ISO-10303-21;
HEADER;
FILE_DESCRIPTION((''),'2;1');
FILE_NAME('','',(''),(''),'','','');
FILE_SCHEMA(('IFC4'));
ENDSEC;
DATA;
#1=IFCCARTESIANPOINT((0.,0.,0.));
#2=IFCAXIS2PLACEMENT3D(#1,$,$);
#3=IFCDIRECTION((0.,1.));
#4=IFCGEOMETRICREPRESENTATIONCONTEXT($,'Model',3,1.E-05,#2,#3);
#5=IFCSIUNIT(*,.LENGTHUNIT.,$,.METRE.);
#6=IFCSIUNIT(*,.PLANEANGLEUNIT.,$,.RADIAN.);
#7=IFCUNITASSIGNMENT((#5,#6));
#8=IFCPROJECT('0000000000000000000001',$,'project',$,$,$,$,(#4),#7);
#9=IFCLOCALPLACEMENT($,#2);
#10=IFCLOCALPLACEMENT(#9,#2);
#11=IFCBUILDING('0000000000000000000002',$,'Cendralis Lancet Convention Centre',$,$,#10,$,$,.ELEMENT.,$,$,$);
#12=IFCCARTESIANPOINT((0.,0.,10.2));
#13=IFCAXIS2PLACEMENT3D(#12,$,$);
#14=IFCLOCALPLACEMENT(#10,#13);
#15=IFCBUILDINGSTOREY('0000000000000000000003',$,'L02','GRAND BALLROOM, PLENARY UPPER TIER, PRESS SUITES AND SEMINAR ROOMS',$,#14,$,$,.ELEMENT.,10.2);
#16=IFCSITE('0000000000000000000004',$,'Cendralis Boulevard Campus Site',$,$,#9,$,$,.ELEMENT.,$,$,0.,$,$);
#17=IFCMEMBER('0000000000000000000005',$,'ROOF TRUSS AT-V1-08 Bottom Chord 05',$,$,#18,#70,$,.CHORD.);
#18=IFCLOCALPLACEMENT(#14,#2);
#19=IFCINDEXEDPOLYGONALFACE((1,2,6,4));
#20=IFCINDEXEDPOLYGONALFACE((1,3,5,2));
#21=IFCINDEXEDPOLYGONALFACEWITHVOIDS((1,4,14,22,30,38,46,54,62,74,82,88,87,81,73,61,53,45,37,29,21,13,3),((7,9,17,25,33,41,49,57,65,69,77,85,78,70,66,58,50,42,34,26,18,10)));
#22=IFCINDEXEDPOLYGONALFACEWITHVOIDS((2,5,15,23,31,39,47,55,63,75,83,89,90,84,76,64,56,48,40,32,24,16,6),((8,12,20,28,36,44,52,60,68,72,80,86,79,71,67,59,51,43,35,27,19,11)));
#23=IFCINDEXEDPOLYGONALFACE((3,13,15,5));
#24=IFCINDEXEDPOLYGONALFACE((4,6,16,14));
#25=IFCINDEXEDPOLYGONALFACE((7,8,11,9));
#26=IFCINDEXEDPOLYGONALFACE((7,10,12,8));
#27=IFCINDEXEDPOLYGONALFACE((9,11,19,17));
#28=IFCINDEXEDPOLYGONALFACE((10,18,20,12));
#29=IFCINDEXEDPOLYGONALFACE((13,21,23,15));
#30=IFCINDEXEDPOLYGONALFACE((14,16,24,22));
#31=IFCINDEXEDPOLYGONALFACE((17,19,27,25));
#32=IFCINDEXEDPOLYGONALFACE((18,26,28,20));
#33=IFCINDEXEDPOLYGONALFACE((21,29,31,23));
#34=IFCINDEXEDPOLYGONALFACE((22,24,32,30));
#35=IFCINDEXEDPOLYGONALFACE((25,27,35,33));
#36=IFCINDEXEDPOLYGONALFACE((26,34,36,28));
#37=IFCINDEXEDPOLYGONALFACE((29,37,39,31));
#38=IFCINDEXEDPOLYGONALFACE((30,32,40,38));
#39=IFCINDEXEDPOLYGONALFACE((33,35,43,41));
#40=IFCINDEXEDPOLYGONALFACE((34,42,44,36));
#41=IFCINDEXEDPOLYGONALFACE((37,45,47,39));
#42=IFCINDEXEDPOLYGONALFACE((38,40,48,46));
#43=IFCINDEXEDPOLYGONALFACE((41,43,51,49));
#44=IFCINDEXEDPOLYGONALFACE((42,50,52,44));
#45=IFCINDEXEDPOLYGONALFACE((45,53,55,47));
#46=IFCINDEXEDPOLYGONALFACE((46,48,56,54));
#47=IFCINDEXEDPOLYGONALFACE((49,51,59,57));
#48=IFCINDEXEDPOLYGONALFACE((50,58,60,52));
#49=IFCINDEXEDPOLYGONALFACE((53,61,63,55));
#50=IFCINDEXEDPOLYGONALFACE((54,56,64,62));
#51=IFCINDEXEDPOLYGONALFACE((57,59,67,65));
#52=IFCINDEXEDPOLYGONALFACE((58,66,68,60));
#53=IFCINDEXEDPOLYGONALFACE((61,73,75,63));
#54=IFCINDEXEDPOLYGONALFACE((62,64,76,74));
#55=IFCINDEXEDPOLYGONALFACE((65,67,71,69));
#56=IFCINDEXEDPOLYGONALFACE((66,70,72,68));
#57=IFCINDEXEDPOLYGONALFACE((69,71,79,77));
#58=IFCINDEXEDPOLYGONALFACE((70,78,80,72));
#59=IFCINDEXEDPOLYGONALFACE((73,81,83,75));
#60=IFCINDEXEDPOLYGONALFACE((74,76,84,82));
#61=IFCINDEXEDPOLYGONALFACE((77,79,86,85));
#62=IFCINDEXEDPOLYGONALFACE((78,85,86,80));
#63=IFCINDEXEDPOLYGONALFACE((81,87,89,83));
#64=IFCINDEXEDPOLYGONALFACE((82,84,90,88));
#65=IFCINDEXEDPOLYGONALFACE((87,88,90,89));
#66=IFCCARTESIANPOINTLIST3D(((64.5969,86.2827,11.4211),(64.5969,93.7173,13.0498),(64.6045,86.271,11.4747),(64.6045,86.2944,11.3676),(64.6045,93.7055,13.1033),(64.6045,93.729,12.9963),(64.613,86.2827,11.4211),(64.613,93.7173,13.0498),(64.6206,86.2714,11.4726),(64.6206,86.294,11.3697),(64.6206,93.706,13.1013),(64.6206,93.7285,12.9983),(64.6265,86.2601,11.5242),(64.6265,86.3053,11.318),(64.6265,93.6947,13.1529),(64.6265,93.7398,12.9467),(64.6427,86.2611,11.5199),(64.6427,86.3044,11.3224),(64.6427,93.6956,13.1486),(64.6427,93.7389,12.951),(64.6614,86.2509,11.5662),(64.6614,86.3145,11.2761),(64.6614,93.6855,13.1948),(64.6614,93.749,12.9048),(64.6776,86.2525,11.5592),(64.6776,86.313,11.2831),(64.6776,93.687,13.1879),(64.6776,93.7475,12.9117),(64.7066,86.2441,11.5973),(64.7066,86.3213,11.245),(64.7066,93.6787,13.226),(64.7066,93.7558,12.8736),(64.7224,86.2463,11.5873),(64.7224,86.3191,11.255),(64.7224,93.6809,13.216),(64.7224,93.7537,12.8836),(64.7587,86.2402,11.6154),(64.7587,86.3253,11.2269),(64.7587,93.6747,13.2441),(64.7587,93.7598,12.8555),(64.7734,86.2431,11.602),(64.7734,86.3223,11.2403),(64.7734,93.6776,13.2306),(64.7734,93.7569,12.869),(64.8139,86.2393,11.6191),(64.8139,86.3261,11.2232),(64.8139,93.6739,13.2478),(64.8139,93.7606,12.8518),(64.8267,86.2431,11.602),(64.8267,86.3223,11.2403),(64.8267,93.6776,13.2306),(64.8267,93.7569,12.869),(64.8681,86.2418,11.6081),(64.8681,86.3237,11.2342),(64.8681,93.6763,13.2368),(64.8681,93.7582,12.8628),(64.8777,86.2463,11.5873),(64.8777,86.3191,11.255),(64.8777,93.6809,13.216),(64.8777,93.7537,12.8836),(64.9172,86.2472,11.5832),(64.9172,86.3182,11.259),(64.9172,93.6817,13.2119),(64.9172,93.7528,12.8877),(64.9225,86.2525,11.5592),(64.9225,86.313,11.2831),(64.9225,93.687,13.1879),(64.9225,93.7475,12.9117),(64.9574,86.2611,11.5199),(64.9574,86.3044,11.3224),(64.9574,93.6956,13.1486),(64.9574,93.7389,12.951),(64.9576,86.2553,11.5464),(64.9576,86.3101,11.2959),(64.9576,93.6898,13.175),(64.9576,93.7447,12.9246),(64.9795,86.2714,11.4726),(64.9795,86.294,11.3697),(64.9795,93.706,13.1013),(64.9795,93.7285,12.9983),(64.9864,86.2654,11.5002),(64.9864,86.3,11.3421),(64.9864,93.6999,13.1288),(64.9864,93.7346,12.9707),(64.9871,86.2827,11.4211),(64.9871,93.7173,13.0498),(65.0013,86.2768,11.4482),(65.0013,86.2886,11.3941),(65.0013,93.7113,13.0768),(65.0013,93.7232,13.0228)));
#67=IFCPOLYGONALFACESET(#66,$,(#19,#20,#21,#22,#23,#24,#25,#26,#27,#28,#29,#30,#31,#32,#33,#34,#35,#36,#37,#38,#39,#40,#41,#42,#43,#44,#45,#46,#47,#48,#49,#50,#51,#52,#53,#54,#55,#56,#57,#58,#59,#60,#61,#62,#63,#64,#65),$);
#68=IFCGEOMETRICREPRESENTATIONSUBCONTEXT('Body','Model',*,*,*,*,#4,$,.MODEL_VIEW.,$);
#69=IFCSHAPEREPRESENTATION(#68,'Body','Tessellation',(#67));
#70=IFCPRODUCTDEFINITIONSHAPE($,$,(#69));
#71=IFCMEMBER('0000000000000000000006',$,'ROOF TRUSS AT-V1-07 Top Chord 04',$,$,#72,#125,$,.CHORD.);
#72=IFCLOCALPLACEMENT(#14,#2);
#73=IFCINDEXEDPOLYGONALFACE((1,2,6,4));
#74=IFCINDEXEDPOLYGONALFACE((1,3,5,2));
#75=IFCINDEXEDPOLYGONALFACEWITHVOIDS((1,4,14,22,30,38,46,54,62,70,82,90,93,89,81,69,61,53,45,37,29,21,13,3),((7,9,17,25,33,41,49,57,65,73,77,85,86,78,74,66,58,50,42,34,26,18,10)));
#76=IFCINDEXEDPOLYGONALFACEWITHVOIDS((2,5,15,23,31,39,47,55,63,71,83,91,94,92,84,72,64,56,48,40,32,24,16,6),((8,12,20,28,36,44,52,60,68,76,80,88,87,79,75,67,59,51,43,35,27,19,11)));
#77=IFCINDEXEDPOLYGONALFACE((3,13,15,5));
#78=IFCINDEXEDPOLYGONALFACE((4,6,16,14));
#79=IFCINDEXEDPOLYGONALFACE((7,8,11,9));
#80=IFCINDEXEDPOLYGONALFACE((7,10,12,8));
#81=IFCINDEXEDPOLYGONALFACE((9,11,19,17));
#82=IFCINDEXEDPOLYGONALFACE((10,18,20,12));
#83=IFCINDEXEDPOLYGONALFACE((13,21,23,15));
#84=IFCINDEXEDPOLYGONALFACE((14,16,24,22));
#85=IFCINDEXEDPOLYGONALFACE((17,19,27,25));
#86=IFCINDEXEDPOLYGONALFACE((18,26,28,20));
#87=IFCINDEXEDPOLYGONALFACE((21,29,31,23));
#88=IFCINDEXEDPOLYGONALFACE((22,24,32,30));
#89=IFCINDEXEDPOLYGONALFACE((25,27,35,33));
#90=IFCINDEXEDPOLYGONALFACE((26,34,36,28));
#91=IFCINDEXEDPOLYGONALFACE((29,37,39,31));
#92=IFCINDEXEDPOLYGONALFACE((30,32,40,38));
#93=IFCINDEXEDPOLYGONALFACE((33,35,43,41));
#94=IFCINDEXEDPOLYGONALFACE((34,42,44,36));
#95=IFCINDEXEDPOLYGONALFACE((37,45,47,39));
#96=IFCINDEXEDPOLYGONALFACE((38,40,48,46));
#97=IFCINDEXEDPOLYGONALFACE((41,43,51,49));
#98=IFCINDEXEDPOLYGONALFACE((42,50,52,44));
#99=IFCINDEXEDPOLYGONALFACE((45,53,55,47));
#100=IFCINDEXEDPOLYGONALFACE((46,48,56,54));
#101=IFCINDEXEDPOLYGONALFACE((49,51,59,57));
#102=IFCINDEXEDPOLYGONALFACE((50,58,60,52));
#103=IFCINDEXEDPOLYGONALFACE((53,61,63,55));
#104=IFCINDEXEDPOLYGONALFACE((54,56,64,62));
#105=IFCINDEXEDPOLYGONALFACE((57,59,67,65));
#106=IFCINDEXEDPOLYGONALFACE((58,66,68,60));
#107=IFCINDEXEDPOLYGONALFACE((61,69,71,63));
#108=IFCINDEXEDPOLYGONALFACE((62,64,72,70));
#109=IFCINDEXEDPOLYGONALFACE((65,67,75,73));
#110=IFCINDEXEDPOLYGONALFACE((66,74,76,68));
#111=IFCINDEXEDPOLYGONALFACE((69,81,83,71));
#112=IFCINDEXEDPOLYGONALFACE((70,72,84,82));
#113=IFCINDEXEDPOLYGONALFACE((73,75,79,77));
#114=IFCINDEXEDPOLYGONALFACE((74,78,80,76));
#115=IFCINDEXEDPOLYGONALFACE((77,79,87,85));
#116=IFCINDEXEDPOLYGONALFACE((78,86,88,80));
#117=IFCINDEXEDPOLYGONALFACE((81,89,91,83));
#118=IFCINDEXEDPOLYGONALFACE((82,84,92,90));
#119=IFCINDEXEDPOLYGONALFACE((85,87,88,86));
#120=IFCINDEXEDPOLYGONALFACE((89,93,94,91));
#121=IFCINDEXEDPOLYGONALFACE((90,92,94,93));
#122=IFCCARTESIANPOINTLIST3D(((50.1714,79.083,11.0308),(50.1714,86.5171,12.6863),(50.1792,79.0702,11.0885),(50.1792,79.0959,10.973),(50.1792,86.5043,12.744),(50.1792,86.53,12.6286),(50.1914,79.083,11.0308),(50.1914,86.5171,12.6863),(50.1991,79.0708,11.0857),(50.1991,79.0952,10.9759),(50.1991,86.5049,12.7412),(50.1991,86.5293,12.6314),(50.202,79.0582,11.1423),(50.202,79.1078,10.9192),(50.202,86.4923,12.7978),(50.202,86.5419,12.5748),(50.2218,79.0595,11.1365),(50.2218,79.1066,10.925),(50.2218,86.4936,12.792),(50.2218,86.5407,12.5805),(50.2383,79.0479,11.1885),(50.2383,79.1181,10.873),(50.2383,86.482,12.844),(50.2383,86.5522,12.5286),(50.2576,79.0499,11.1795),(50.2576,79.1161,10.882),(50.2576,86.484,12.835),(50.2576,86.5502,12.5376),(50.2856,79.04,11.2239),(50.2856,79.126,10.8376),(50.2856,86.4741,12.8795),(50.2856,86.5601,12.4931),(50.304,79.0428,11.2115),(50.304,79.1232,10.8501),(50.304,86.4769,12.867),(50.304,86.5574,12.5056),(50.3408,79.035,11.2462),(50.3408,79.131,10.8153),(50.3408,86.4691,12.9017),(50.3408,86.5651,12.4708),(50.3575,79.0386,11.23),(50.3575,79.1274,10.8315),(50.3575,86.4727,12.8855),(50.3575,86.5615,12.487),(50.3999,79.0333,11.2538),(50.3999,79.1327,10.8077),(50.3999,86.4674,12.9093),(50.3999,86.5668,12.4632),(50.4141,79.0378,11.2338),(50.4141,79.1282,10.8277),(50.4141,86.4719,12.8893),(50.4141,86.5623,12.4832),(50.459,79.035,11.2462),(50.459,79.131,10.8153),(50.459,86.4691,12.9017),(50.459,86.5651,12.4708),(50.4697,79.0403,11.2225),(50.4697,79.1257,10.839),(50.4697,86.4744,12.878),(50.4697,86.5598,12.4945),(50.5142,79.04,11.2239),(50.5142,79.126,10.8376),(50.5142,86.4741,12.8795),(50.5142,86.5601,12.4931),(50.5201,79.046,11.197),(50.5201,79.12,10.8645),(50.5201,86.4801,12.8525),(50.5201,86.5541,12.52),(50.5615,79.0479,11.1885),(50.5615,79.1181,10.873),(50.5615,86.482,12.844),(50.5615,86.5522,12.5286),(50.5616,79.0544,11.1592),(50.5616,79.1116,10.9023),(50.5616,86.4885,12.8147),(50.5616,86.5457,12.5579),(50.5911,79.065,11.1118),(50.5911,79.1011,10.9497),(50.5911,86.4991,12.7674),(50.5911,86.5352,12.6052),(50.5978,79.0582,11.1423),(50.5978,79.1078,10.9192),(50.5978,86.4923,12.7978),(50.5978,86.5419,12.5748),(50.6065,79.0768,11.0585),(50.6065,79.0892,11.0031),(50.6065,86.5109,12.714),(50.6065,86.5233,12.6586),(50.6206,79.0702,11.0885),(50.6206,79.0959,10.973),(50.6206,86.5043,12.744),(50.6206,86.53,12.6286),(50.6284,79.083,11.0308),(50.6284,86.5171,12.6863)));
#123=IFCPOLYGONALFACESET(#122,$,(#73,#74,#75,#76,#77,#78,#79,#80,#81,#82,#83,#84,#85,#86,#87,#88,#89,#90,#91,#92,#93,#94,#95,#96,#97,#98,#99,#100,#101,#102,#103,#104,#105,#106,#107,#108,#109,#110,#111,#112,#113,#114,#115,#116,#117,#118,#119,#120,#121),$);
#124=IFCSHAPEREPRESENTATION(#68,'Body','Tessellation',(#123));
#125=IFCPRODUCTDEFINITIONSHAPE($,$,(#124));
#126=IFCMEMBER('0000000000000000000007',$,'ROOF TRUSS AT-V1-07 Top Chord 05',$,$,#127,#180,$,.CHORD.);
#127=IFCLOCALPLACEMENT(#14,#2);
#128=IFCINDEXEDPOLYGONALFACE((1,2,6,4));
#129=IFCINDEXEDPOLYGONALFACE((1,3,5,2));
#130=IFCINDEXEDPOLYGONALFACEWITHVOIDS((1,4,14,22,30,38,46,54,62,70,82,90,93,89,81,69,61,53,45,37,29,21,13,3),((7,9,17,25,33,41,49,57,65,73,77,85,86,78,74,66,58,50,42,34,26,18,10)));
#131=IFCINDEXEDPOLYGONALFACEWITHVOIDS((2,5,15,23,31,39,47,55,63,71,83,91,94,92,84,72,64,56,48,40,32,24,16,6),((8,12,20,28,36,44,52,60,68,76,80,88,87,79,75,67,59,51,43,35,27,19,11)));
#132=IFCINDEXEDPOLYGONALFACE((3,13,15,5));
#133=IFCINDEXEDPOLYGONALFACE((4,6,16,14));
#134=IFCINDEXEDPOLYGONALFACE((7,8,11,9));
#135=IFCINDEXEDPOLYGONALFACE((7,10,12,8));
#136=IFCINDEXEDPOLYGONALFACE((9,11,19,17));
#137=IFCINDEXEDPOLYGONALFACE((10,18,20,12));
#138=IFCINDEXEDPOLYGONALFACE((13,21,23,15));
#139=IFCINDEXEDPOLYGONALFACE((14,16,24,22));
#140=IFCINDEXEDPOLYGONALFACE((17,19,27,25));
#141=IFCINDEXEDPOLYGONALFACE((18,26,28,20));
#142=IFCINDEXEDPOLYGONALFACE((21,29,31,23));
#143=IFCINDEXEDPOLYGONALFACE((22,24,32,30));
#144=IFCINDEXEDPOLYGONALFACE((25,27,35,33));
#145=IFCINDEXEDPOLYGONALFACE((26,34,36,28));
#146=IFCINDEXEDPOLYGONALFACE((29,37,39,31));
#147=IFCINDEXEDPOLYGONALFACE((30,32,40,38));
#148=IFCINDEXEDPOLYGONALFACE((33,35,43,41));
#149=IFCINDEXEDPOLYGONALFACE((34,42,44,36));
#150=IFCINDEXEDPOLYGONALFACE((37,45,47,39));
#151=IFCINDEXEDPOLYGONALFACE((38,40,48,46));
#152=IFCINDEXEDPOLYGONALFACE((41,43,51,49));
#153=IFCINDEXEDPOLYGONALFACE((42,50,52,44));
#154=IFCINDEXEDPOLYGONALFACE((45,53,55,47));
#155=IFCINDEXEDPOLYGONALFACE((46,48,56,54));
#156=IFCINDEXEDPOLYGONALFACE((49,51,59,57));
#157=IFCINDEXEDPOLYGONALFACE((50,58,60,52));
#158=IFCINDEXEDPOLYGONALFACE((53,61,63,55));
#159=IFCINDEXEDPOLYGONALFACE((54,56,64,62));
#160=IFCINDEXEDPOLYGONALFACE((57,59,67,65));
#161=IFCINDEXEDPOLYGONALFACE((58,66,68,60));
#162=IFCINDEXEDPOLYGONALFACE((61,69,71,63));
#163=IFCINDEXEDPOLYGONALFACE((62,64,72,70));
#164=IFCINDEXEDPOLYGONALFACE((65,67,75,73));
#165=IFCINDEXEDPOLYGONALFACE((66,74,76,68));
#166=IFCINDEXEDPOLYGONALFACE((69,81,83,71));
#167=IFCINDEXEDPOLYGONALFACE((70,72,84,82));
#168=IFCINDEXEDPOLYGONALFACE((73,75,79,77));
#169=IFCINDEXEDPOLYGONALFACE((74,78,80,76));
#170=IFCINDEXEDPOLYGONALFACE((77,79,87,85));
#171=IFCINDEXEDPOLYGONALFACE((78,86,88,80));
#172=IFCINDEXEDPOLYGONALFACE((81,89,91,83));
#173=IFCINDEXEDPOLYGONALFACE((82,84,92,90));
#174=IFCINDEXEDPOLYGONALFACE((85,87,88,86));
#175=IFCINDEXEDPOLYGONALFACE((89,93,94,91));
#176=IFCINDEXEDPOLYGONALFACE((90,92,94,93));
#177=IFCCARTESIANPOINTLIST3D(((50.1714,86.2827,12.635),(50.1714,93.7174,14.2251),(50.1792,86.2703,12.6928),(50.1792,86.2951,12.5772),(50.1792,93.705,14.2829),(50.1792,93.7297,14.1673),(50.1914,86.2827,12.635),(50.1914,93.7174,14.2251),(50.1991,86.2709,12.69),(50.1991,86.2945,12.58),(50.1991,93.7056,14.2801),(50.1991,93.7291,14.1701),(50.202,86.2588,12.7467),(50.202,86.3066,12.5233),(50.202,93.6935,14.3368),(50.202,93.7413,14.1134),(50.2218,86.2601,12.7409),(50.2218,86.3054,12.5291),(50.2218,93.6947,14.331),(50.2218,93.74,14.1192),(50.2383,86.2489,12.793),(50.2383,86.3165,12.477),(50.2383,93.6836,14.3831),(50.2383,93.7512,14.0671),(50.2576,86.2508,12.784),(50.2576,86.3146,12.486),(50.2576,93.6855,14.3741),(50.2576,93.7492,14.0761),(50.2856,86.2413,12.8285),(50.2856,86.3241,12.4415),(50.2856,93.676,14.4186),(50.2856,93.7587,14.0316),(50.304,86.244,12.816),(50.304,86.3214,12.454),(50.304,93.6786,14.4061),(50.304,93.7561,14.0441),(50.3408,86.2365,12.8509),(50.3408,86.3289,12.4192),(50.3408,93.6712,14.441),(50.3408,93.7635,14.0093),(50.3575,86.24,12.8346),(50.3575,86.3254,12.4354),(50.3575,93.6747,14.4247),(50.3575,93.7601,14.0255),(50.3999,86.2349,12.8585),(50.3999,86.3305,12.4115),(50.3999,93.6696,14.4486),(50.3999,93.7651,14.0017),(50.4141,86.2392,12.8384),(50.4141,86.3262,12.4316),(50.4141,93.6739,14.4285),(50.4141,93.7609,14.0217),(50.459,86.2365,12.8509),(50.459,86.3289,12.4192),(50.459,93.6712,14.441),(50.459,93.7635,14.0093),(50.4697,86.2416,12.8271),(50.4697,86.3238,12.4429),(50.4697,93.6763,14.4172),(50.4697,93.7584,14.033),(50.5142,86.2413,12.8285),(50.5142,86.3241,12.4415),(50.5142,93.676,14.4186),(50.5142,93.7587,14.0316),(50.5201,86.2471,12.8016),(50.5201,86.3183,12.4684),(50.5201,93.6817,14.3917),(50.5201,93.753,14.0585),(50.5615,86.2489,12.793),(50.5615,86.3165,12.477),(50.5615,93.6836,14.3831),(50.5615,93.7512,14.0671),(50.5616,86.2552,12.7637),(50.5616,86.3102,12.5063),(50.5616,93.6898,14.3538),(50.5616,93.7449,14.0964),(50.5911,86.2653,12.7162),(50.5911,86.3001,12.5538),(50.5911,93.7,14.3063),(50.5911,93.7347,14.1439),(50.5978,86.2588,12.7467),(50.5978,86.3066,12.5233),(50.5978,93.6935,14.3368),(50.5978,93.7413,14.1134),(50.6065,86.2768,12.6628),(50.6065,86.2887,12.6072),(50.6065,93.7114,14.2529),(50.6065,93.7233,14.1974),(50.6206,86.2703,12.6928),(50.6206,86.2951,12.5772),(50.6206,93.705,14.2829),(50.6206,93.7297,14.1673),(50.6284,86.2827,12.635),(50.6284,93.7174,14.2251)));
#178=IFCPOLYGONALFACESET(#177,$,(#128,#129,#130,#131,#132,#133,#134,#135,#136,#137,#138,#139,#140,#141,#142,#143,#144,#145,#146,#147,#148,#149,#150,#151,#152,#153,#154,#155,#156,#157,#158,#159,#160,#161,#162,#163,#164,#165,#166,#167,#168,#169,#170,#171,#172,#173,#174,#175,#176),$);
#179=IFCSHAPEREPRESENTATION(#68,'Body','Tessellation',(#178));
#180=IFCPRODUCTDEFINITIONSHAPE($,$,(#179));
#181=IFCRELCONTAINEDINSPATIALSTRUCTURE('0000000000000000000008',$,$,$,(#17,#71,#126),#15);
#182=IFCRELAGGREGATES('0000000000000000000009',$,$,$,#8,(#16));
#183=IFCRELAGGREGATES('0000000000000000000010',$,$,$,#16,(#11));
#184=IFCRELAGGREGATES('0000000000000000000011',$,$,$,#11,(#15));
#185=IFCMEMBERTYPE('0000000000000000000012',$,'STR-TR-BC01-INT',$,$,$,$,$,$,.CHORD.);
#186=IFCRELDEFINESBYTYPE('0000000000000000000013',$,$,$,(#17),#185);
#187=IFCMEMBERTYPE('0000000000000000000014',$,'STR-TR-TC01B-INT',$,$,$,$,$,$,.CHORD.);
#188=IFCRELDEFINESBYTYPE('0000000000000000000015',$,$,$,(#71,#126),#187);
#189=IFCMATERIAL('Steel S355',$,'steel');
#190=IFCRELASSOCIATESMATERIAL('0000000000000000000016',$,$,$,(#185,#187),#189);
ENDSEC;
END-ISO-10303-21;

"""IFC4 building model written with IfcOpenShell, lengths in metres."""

from ifc_helpers import new_model, si_unit, direction, frame, origin, origin_2d, place, context, subcontext, project, spatial, hollow_circle, extrude, material, material_profile, profile_set, type_object, element, save


model = new_model("IFC4")

# Units and contexts
model_context = context("Model", 3, precision=1e-05, world=origin(), true_north=direction((0.0, 1.0)))
body_context = subcontext(model_context, "Body", "Model", "MODEL_VIEW")
ifc_project = project(units=[si_unit("LENGTHUNIT", "METRE"), si_unit("PLANEANGLEUNIT", "RADIAN")], contexts=[model_context])

# Site, building, storey
site_placement = place(None, origin())
site = spatial("IfcSite", under=ifc_project, at=site_placement, Name="Cendralis Boulevard Campus Site", CompositionType="ELEMENT", RefElevation=0.0)
building_placement = place(site_placement, origin())
building = spatial("IfcBuilding", under=site, at=building_placement, Name="Cendralis Lancet Convention Centre", CompositionType="ELEMENT")
storey_placement = place(building_placement, frame((0.0, 0.0, 10.2)))
storey = spatial("IfcBuildingStorey", under=building, at=storey_placement, Name="L02", Description="GRAND BALLROOM, PLENARY UPPER TIER, PRESS SUITES AND SEMINAR ROOMS", CompositionType="ELEMENT", Elevation=10.2)

# Members
ifc_material = material(Name="Steel S355", Category="steel")
ifc_material_profile_1 = material_profile(ifc_material, hollow_circle(Radius=0.2031, WallThickness=0.0161, at=origin_2d()), Name="CHS 406.4x16.0")
ifc_profile_set_1 = profile_set([ifc_material_profile_1], Name="Steel S355")
member_type_1 = type_object("IfcMemberType", Name="STR-TR-BC01-INT", PredefinedType="CHORD", material=ifc_profile_set_1)
member_1_placement = place(storey_placement, frame((64.8, 86.2827, 11.4211), z_axis=(0.0, 0.976836, 0.213992), x_axis=(-1.0, 0.0, 0.0)))
element("IfcMember", 1, at=member_1_placement, inside=storey, type_object=member_type_1, Name="ROOF TRUSS AT-V1-08 Bottom Chord 05", PredefinedType="CHORD", context=body_context, shape_type="SweptSolid", body=[
    extrude(hollow_circle(Radius=0.2031, WallThickness=0.0161, at=origin_2d()), origin(), (0.0, 0.0, 1.0), 7.6108),
])
ifc_material_profile_2 = material_profile(ifc_material, hollow_circle(Radius=0.2285, WallThickness=0.02, at=origin_2d()), Name="CHS 457.0x20.0")
ifc_profile_set_2 = profile_set([ifc_material_profile_2], Name="Steel S355")
member_type_2 = type_object("IfcMemberType", Name="STR-TR-TC01B-INT", PredefinedType="CHORD", material=ifc_profile_set_2)
member_2_placement = place(storey_placement, frame((50.3999, 79.083, 11.0308), z_axis=(0.0, 0.97609, 0.217368), x_axis=(-1.0, 0.0, 0.0)))
element("IfcMember", 2, at=member_2_placement, inside=storey, type_object=member_type_2, Name="ROOF TRUSS AT-V1-07 Top Chord 04", PredefinedType="CHORD", context=body_context, shape_type="SweptSolid", body=[
    extrude(hollow_circle(Radius=0.2285, WallThickness=0.02, at=origin_2d()), origin(), (0.0, 0.0, 1.0), 7.6162),
])
for number, where, z_axis, x_axis, name in (
    (3, (50.3999, 86.2827, 12.635), (0.0, 0.977884, 0.209147), (-1.0, 0.0, 0.0), "ROOF TRUSS AT-V1-07 Top Chord 05"),
):
    element("IfcMember", number, at=place(storey_placement, frame(where, z_axis=z_axis, x_axis=x_axis)), inside=storey, type_object=member_type_2, Name=name, PredefinedType="CHORD", context=body_context, shape_type="SweptSolid", body=[
        extrude(hollow_circle(Radius=0.2285, WallThickness=0.02, at=origin_2d()), origin(), (0.0, 0.0, 1.0), 7.6028),
    ])

save(model, "model.ifc")
